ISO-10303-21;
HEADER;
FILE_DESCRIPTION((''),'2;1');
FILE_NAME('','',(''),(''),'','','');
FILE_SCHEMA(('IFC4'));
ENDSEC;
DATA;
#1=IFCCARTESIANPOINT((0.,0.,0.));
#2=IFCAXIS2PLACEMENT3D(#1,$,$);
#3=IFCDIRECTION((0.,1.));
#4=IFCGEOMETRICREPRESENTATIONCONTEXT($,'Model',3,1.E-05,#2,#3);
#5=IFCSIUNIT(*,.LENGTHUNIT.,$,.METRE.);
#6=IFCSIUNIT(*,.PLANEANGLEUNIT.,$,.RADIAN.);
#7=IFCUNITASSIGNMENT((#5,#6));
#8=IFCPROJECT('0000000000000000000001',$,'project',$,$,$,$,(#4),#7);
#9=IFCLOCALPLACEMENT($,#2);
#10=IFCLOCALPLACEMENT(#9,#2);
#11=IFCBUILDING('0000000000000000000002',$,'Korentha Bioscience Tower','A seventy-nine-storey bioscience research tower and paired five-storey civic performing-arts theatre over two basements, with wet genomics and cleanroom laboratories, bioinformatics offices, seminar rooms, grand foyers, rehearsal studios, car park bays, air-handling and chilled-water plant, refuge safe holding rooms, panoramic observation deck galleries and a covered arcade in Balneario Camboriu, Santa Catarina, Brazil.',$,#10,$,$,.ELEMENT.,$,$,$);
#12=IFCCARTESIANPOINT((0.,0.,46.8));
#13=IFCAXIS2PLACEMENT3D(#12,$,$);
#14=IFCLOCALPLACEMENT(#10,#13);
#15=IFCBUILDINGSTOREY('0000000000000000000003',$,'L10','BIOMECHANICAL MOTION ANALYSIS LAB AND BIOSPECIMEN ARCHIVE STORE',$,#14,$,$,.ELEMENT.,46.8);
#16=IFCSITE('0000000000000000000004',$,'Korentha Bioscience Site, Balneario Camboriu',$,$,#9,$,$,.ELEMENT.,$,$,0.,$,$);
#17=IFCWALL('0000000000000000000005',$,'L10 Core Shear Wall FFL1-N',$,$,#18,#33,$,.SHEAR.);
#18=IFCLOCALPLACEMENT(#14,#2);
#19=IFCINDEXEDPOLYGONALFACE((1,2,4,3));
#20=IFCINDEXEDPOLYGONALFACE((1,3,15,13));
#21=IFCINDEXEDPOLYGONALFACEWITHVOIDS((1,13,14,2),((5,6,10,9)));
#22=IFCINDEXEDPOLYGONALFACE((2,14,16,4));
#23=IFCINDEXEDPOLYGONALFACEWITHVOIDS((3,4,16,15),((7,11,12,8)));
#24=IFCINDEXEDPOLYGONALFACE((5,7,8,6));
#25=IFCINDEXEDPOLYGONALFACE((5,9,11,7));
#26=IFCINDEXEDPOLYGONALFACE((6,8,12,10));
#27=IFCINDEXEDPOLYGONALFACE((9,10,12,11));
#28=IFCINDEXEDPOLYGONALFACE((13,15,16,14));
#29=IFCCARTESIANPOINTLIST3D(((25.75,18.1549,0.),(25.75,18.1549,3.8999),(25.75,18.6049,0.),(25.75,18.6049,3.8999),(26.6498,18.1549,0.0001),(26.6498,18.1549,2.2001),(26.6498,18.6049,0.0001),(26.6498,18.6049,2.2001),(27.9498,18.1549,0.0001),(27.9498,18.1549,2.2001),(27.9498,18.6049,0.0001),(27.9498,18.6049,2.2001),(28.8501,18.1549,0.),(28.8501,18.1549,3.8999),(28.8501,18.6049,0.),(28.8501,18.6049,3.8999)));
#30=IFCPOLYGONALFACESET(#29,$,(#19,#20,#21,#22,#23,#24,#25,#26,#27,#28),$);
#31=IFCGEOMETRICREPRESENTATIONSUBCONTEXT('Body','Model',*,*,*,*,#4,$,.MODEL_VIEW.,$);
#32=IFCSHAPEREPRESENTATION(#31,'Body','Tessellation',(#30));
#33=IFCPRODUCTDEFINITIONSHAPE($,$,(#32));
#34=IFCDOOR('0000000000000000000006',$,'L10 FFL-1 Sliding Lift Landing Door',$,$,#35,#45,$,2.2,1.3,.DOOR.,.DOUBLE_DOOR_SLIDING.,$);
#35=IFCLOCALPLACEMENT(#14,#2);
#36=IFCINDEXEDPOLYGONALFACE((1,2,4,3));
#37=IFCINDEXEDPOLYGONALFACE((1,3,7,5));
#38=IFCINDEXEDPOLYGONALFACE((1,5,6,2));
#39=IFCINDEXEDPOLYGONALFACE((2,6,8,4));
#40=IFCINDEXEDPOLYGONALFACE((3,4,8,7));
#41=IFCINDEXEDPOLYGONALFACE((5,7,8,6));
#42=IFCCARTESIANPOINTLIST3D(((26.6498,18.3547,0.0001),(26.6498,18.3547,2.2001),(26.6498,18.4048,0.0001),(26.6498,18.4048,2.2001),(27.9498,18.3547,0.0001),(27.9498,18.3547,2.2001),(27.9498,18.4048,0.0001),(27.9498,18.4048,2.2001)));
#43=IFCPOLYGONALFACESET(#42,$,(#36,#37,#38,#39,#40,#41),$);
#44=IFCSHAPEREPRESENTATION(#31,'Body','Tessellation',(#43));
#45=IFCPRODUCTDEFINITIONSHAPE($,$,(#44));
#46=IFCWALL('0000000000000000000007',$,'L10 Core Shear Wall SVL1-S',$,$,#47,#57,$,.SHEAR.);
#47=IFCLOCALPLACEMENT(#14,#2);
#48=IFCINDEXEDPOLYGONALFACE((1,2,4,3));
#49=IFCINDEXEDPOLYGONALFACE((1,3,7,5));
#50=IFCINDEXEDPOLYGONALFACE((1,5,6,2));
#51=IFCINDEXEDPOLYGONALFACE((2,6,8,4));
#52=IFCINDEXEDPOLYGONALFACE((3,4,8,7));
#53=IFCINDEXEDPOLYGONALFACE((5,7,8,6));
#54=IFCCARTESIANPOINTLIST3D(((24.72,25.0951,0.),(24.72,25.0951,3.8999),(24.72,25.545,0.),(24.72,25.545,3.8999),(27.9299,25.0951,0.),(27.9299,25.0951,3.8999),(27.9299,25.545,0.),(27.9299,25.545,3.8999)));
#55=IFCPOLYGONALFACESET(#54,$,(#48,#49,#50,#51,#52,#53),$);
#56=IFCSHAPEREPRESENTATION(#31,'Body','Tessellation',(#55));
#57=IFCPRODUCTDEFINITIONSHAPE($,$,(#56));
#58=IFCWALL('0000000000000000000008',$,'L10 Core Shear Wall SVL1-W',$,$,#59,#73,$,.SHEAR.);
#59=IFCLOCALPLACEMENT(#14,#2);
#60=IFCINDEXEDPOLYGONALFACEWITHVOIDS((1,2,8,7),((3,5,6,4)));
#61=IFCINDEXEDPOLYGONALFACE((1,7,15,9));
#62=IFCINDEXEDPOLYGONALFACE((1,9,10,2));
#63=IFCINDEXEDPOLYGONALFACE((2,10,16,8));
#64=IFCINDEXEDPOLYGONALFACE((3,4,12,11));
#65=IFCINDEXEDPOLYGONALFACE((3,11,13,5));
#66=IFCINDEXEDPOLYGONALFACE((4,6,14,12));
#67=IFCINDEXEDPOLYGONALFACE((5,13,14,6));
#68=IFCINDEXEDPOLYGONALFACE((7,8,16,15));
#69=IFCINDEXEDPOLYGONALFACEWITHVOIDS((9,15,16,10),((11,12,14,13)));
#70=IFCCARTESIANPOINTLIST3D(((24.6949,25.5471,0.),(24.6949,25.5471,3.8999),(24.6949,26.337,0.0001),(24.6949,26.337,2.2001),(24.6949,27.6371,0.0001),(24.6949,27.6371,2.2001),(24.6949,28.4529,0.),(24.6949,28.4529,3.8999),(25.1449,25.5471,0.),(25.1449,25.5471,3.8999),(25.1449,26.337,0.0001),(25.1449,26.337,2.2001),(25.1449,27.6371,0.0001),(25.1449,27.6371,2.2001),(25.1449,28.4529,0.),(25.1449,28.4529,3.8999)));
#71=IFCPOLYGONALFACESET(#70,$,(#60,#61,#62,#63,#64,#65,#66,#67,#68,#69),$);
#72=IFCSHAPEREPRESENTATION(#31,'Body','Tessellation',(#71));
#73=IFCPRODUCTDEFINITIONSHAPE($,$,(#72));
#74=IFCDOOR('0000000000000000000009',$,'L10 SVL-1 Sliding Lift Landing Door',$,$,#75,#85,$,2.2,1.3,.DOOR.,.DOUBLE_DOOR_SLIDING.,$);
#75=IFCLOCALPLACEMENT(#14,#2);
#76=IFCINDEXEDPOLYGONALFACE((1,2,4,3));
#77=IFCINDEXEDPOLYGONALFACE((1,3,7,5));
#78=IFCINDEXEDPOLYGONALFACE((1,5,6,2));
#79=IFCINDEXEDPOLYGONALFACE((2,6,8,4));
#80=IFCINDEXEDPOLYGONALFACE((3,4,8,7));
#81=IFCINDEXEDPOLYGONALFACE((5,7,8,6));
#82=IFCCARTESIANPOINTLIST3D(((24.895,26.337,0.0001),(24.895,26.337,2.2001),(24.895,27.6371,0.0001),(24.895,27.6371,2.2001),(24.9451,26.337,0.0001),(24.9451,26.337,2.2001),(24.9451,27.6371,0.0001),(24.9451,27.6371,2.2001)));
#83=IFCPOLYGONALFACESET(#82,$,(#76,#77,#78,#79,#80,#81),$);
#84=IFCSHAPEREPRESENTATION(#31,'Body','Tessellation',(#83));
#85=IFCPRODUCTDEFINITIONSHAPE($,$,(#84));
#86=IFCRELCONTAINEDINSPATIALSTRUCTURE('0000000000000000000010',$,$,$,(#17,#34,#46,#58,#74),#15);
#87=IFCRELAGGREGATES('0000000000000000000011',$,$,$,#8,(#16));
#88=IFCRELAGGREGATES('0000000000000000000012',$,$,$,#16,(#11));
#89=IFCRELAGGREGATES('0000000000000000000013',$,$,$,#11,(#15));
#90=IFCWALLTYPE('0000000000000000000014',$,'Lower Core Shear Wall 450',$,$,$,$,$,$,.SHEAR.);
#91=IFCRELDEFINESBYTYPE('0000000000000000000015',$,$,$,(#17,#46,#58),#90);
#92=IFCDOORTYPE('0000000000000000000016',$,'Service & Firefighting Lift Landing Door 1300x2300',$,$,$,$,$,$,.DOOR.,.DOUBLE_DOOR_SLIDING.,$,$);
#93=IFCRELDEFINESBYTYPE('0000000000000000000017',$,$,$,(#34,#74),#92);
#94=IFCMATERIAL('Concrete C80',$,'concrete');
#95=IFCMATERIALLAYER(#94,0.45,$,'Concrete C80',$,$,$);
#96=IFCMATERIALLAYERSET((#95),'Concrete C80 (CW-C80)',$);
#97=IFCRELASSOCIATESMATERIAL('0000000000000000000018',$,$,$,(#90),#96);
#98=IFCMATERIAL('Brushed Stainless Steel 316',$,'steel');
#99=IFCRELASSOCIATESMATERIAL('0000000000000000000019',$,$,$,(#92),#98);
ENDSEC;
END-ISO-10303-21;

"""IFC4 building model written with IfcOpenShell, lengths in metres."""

from ifc_helpers import new_model, si_unit, direction, frame, frame_2d, origin, place, context, subcontext, project, spatial, rectangle, extrude, material, layer, layer_set, type_object, element, fill, save


model = new_model("IFC4")

# Units and contexts
model_context = context("Model", 3, precision=1e-05, world=origin(), true_north=direction((0.0, 1.0)))
body_context = subcontext(model_context, "Body", "Model", "MODEL_VIEW")
ifc_project = project(units=[si_unit("LENGTHUNIT", "METRE"), si_unit("PLANEANGLEUNIT", "RADIAN")], contexts=[model_context])

# Site, building, storey
site_placement = place(None, origin())
site = spatial("IfcSite", under=ifc_project, at=site_placement, Name="Korentha Bioscience Site, Balneario Camboriu", CompositionType="ELEMENT", RefElevation=0.0)
building_placement = place(site_placement, origin())
building = spatial("IfcBuilding", under=site, at=building_placement, Name="Korentha Bioscience Tower", Description="A seventy-nine-storey bioscience research tower and paired five-storey civic performing-arts theatre over two basements, with wet genomics and cleanroom laboratories, bioinformatics offices, seminar rooms, grand foyers, rehearsal studios, car park bays, air-handling and chilled-water plant, refuge safe holding rooms, panoramic observation deck galleries and a covered arcade in Balneario Camboriu, Santa Catarina, Brazil.", CompositionType="ELEMENT")
storey_placement = place(building_placement, frame((0.0, 0.0, 46.8)))
storey = spatial("IfcBuildingStorey", under=building, at=storey_placement, Name="L10", Description="BIOMECHANICAL MOTION ANALYSIS LAB AND BIOSPECIMEN ARCHIVE STORE", CompositionType="ELEMENT", Elevation=46.8)

# Shared definitions
ifc_material_1 = material(Name="Concrete C80", Category="concrete")
ifc_layer_1 = layer(ifc_material_1, 0.45, Name="Concrete C80")
ifc_layer_set_1 = layer_set([ifc_layer_1], Name="Concrete C80 (CW-C80)")
wall_type_1 = type_object("IfcWallType", Name="Lower Core Shear Wall 450", PredefinedType="SHEAR", material=ifc_layer_set_1)

# Wall, opening, door
wall_1_placement = place(storey_placement, frame((25.75, 18.3799, 0.0), z_axis=(0.0, 0.0, 1.0), x_axis=(1.0, 0.0, 0.0)))
wall_1 = element("IfcWall", 1, at=wall_1_placement, inside=storey, type_object=wall_type_1, Name="L10 Core Shear Wall FFL1-N", PredefinedType="SHEAR", context=body_context, shape_type="SweptSolid", body=[
    extrude(rectangle(XDim=3.1001, YDim=0.45, at=frame_2d((1.55, 0.0))), origin(), (0.0, 0.0, 1.0), 3.8999),
])
opening_1_placement = place(wall_1_placement, frame((0.8999, 0.0, 0.0)))
opening_1 = element("IfcOpeningElement", 2, at=opening_1_placement, cuts=wall_1, PredefinedType="OPENING", context=body_context, shape_type="SweptSolid", body=[
    extrude(rectangle(XDim=1.3, YDim=2.2, at=frame_2d((0.6499, 1.1001))), frame((0.0, 0.2397, 0.0), z_axis=(0.0, -1.0, 0.0), x_axis=(1.0, 0.0, 0.0)), (0.0, 0.0, 1.0), 0.4797),
])
ifc_material_2 = material(Name="Brushed Stainless Steel 316", Category="steel")
door_type_1 = type_object("IfcDoorType", Name="Service & Firefighting Lift Landing Door 1300x2300", OperationType="DOUBLE_DOOR_SLIDING", PredefinedType="DOOR", material=ifc_material_2)
door_1_placement = place(opening_1_placement, origin())
door_1 = element("IfcDoor", 3, at=door_1_placement, inside=storey, type_object=door_type_1, Name="L10 FFL-1 Sliding Lift Landing Door", OperationType="DOUBLE_DOOR_SLIDING", OverallHeight=2.2, OverallWidth=1.3, PredefinedType="DOOR", context=body_context, shape_type="SweptSolid", body=[
    extrude(rectangle(XDim=1.3, YDim=2.2, at=frame_2d((0.6499, 1.1001))), frame((0.0, 0.0249, 0.0), z_axis=(0.0, -1.0, 0.0), x_axis=(1.0, 0.0, 0.0)), (0.0, 0.0, 1.0), 0.05),
])
fill(opening_1, door_1)

# Wall
wall_2_placement = place(storey_placement, frame((24.72, 25.3201, 0.0), z_axis=(0.0, 0.0, 1.0), x_axis=(1.0, 0.0, 0.0)))
element("IfcWall", 4, at=wall_2_placement, inside=storey, type_object=wall_type_1, Name="L10 Core Shear Wall SVL1-S", PredefinedType="SHEAR", context=body_context, shape_type="SweptSolid", body=[
    extrude(rectangle(XDim=3.21, YDim=0.45, at=frame_2d((1.605, 0.0))), origin(), (0.0, 0.0, 1.0), 3.8999),
])

# Wall, opening, door
wall_3_placement = place(storey_placement, frame((24.9199, 25.5471, 0.0), z_axis=(0.0, 0.0, 1.0), x_axis=(0.0, 1.0, 0.0)))
wall_3 = element("IfcWall", 5, at=wall_3_placement, inside=storey, type_object=wall_type_1, Name="L10 Core Shear Wall SVL1-W", PredefinedType="SHEAR", context=body_context, shape_type="SweptSolid", body=[
    extrude(rectangle(XDim=2.9058, YDim=0.45, at=frame_2d((1.4529, 0.0))), origin(), (0.0, 0.0, 1.0), 3.8999),
])
opening_2_placement = place(wall_3_placement, frame((0.79, 0.0, 0.0)))
opening_2 = element("IfcOpeningElement", 6, at=opening_2_placement, cuts=wall_3, PredefinedType="OPENING", context=body_context, shape_type="SweptSolid", body=[
    extrude(rectangle(XDim=1.3, YDim=2.2, at=frame_2d((0.6499, 1.1001))), frame((0.0, 0.2397, 0.0), z_axis=(0.0, -1.0, 0.0), x_axis=(1.0, 0.0, 0.0)), (0.0, 0.0, 1.0), 0.4797),
])
door_2_placement = place(opening_2_placement, origin())
door_2 = element("IfcDoor", 7, at=door_2_placement, inside=storey, type_object=door_type_1, Name="L10 SVL-1 Sliding Lift Landing Door", OperationType="DOUBLE_DOOR_SLIDING", OverallHeight=2.2, OverallWidth=1.3, PredefinedType="DOOR", context=body_context, shape_type="SweptSolid", body=[
    extrude(rectangle(XDim=1.3, YDim=2.2, at=frame_2d((0.6499, 1.1001))), frame((0.0, 0.0249, 0.0), z_axis=(0.0, -1.0, 0.0), x_axis=(1.0, 0.0, 0.0)), (0.0, 0.0, 1.0), 0.05),
])
fill(opening_2, door_2)

save(model, "model.ifc")
